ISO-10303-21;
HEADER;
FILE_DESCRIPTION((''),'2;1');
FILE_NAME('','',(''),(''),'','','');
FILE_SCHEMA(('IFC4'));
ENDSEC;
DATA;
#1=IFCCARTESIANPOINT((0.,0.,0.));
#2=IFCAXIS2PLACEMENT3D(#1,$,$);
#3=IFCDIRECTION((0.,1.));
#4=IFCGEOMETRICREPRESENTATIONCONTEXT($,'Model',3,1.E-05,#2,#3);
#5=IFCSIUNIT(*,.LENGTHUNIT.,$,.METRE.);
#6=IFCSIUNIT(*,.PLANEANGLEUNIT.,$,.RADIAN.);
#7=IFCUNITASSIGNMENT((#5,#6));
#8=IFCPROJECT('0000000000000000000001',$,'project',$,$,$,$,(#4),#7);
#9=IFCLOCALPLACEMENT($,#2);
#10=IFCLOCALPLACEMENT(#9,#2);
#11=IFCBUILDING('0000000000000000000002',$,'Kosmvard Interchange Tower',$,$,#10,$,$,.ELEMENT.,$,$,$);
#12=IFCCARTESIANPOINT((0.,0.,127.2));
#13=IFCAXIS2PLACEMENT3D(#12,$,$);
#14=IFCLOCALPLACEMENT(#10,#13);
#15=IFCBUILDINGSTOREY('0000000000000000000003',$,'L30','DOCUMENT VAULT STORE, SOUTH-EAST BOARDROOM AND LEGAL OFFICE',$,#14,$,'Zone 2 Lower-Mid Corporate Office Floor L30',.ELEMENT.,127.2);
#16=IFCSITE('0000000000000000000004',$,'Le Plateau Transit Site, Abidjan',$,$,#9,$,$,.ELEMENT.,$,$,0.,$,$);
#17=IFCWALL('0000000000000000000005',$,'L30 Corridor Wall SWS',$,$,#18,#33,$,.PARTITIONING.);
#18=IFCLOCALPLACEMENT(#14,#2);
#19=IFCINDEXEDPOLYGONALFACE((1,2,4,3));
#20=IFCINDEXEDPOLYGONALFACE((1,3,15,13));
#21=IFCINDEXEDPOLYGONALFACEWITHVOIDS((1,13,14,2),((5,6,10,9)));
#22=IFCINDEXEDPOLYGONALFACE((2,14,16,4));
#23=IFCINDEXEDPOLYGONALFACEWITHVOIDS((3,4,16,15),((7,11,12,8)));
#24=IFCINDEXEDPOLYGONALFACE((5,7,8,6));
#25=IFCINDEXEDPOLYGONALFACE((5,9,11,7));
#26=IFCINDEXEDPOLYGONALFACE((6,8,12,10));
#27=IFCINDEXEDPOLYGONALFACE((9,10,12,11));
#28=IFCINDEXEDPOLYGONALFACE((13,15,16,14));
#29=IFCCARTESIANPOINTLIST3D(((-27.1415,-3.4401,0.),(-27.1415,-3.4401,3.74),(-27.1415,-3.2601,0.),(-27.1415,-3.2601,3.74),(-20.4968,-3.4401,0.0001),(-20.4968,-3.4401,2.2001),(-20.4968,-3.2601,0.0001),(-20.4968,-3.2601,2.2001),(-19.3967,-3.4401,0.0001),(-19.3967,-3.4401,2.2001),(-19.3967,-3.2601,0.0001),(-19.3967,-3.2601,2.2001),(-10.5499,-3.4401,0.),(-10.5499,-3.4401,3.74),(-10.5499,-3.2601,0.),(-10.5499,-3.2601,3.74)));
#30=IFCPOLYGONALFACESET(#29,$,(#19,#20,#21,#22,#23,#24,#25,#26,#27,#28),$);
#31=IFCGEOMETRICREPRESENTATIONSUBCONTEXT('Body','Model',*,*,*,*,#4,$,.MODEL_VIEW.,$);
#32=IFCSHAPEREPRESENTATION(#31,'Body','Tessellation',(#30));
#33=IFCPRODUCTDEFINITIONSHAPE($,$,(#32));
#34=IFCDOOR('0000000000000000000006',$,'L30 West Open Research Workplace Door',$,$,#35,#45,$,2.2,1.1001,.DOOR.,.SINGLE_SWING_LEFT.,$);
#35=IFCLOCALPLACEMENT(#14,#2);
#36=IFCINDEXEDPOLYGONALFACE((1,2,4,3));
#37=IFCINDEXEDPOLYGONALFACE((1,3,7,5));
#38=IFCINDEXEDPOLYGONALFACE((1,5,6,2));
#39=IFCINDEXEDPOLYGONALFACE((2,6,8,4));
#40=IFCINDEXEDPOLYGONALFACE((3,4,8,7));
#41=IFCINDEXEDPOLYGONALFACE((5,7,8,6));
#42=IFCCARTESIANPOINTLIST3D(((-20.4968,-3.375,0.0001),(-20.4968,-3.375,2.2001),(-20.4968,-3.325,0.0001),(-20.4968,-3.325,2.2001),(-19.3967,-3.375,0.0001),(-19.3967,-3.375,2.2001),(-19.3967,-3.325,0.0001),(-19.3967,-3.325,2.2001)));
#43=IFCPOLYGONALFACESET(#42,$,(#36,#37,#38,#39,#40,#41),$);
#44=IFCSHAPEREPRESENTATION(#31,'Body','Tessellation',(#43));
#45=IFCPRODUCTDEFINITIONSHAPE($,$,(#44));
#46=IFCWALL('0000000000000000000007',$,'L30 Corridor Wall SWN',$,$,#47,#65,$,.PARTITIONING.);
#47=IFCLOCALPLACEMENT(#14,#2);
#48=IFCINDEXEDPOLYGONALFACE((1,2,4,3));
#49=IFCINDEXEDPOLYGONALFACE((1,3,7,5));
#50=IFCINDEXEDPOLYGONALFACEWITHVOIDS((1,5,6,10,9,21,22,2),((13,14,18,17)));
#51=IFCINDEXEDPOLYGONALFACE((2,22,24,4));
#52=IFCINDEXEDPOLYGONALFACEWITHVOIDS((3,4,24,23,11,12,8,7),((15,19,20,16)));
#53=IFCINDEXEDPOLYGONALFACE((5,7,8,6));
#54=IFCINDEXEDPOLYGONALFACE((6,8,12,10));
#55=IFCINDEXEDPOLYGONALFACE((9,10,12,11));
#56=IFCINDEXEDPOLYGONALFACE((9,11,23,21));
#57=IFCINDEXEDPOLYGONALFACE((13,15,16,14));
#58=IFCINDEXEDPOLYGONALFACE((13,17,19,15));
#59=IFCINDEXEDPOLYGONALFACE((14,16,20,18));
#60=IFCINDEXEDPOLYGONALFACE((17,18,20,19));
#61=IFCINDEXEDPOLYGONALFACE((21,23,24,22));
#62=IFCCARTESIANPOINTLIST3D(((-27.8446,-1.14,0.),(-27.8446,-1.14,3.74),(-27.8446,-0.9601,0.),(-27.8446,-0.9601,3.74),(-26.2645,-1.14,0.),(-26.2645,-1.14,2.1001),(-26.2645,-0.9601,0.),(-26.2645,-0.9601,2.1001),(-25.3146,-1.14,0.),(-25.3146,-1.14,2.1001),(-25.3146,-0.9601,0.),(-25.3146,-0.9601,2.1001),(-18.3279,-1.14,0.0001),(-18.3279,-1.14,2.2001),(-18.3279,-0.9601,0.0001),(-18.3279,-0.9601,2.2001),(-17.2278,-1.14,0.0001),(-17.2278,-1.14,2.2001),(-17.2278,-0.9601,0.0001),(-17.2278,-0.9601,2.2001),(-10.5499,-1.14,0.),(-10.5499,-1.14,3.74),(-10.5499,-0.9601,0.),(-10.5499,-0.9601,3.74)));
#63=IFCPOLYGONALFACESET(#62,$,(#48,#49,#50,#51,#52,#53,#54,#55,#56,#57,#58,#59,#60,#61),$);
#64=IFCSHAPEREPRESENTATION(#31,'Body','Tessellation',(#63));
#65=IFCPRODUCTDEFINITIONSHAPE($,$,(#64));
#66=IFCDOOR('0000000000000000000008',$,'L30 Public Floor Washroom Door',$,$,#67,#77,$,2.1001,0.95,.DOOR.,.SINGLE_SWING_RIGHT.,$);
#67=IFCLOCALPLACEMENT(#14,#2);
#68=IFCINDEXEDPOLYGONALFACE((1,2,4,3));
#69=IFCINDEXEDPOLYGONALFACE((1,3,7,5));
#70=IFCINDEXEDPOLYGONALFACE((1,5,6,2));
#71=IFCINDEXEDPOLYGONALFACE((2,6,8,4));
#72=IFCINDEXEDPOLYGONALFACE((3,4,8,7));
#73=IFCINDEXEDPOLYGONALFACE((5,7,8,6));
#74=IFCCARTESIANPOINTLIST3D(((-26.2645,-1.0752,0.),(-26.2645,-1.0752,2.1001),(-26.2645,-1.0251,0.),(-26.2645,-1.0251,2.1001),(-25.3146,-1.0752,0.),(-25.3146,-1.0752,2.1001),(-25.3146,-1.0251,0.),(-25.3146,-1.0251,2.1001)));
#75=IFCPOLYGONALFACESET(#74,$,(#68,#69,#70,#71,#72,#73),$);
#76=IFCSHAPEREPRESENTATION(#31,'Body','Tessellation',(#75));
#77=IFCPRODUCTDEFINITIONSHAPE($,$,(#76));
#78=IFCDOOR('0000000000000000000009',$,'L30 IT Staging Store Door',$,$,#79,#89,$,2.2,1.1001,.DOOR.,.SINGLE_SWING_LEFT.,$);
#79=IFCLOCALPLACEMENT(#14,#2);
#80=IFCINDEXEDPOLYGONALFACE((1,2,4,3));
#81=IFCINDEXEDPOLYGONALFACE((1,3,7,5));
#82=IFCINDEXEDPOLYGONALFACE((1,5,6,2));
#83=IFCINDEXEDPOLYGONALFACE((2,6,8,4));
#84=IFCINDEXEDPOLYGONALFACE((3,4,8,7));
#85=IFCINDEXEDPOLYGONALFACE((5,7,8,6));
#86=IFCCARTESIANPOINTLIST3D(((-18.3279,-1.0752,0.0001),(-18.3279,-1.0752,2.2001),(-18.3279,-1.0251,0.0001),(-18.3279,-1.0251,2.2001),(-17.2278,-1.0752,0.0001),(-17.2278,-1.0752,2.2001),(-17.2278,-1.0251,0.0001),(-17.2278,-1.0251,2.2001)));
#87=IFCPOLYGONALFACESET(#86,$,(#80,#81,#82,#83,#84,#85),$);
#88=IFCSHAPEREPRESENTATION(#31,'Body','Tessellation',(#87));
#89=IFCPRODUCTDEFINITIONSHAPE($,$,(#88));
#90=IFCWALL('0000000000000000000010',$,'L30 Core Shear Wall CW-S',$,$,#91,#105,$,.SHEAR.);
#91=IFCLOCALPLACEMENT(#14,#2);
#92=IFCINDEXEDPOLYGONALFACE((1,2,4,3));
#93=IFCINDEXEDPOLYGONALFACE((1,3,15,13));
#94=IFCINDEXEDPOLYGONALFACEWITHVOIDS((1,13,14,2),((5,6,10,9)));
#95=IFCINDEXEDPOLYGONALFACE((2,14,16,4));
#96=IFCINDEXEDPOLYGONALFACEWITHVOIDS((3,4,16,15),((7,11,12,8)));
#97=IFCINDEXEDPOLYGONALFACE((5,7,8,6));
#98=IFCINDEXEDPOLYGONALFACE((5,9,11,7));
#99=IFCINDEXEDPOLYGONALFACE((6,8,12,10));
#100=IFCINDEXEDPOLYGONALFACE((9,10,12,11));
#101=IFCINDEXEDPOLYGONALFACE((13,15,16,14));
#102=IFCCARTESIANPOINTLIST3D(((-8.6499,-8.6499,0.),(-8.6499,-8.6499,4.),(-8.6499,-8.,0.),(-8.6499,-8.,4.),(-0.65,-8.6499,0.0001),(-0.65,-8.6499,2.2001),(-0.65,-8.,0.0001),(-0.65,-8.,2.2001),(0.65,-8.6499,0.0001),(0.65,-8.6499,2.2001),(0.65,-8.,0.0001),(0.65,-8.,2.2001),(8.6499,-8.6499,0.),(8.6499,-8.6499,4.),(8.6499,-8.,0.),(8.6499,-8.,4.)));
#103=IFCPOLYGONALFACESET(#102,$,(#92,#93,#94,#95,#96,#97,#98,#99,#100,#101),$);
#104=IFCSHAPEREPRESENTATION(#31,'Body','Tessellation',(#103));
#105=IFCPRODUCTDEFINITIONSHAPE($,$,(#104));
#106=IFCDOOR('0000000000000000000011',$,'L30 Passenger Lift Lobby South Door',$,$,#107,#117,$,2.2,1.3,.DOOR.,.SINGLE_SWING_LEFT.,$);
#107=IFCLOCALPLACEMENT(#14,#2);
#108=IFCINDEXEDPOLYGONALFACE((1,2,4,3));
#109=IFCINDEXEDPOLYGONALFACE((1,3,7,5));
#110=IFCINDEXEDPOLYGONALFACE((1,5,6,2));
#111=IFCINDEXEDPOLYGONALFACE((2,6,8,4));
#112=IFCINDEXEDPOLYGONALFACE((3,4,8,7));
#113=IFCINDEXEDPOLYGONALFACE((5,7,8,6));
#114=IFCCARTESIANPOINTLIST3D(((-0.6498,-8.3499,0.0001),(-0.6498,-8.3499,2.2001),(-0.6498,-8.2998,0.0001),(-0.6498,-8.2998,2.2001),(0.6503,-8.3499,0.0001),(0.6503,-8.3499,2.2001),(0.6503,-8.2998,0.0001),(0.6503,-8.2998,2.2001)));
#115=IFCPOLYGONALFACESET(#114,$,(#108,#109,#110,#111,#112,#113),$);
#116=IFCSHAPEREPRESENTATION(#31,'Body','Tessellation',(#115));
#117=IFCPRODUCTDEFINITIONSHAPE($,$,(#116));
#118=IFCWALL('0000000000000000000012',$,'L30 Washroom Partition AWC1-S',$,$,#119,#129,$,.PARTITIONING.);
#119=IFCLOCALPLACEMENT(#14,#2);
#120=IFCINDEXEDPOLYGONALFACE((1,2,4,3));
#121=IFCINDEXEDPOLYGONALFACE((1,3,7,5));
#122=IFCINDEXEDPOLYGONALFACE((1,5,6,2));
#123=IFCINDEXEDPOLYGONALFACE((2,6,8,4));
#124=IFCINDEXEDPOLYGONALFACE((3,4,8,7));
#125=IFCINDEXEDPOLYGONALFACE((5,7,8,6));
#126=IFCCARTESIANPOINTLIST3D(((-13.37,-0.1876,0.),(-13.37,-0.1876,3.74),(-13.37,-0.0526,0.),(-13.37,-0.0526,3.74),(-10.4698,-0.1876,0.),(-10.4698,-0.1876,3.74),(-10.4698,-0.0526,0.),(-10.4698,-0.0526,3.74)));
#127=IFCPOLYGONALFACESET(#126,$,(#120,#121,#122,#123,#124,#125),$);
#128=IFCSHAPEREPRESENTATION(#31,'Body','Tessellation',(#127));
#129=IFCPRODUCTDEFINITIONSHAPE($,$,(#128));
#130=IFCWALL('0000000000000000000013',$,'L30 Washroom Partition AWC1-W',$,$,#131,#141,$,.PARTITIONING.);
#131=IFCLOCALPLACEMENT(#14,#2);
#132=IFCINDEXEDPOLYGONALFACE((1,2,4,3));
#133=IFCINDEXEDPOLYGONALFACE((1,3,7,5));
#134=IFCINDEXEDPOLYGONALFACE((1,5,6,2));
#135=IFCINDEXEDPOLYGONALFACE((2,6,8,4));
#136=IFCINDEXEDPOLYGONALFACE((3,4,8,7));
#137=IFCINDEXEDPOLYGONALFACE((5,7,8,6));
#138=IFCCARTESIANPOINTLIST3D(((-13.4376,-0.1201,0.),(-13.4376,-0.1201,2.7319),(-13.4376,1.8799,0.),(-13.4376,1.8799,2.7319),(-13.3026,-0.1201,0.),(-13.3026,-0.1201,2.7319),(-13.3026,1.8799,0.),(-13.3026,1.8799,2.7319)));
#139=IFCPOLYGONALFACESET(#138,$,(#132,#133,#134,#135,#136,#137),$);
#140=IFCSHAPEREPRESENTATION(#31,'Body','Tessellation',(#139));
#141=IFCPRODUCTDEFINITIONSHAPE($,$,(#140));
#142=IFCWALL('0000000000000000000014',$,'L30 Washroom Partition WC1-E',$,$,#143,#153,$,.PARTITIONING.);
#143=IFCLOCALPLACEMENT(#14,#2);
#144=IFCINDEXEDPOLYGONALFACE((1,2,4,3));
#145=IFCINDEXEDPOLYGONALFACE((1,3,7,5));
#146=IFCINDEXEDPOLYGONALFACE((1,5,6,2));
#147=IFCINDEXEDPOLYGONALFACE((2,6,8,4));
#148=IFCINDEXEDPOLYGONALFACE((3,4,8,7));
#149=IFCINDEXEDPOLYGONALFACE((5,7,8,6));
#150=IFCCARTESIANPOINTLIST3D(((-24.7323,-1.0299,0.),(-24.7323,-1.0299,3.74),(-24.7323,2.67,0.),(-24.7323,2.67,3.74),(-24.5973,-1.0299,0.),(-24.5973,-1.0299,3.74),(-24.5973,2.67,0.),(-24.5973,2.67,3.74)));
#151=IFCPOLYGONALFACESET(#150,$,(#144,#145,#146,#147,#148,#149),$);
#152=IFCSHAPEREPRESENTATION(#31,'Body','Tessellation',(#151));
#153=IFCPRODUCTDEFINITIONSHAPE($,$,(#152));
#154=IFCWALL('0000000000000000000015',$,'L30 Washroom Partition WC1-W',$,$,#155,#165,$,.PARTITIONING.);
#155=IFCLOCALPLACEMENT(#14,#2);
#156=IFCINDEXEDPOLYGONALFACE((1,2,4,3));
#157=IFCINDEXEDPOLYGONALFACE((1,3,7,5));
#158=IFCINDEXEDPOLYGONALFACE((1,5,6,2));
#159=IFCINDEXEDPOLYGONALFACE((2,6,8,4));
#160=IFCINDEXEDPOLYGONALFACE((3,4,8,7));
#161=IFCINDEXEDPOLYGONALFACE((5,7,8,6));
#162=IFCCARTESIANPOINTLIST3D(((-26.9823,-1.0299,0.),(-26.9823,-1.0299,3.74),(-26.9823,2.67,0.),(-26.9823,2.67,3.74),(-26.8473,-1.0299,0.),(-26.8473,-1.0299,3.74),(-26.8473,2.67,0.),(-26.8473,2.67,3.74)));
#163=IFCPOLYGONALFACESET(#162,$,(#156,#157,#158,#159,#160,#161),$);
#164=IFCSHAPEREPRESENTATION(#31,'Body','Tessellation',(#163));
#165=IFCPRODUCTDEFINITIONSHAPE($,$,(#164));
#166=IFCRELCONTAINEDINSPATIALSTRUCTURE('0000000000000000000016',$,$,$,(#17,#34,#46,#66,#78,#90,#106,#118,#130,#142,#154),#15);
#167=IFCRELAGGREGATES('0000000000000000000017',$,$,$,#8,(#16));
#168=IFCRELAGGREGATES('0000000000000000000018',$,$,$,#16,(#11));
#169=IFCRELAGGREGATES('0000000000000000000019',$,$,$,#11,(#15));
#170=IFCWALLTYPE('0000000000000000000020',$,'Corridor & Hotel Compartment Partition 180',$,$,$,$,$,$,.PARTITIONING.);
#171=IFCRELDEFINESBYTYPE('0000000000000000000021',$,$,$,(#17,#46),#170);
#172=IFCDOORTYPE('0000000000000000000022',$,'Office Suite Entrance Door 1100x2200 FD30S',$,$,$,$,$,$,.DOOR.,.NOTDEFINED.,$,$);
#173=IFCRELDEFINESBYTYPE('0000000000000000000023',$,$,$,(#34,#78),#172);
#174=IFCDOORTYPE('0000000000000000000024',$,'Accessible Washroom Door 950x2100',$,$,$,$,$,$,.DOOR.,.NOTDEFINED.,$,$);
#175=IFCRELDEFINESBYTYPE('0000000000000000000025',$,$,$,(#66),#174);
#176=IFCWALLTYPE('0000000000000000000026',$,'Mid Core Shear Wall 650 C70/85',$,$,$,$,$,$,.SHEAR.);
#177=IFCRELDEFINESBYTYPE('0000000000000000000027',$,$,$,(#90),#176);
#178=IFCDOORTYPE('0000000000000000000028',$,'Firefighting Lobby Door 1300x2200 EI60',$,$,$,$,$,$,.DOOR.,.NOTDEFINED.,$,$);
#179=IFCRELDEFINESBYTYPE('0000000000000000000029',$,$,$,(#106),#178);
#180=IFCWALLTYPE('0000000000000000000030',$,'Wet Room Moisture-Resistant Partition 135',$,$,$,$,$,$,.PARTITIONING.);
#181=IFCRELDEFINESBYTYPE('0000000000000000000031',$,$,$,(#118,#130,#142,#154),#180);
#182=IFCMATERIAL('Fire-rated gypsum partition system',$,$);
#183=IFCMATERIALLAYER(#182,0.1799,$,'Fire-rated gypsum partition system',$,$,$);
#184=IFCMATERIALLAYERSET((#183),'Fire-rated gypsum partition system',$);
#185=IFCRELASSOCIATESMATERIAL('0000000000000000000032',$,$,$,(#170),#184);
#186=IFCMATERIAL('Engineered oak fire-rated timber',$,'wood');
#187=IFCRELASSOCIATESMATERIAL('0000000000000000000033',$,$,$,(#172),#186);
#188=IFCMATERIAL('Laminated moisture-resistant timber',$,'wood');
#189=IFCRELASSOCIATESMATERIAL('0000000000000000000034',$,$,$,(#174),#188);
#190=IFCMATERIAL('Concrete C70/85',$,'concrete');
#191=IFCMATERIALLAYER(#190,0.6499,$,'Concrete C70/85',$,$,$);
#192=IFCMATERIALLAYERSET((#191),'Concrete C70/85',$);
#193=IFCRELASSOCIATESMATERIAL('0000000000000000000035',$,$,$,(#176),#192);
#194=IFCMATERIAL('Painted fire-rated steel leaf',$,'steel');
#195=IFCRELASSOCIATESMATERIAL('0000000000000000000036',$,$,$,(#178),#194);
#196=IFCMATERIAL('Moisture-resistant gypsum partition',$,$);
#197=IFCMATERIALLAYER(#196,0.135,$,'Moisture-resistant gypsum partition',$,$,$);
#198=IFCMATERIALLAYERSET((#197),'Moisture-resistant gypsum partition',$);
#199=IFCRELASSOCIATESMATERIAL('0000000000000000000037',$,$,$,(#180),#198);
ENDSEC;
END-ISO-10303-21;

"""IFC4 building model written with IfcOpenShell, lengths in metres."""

from ifc_helpers import new_model, si_unit, direction, frame, frame_2d, origin, place, context, subcontext, project, spatial, rectangle, extrude, source, transform, mapped, material, layer, layer_set, type_object, element, fill, save


model = new_model("IFC4")

# Units and contexts
model_context = context("Model", 3, precision=1e-05, world=origin(), true_north=direction((0.0, 1.0)))
body_context = subcontext(model_context, "Body", "Model", "MODEL_VIEW")
ifc_project = project(units=[si_unit("LENGTHUNIT", "METRE"), si_unit("PLANEANGLEUNIT", "RADIAN")], contexts=[model_context])

# Site, building, storey
site_placement = place(None, origin())
site = spatial("IfcSite", under=ifc_project, at=site_placement, Name="Le Plateau Transit Site, Abidjan", CompositionType="ELEMENT", RefElevation=0.0)
building_placement = place(site_placement, origin())
building = spatial("IfcBuilding", under=site, at=building_placement, Name="Kosmvard Interchange Tower", CompositionType="ELEMENT")
storey_placement = place(building_placement, frame((0.0, 0.0, 127.2)))
storey = spatial("IfcBuildingStorey", under=building, at=storey_placement, Name="L30", Description="DOCUMENT VAULT STORE, SOUTH-EAST BOARDROOM AND LEGAL OFFICE", LongName="Zone 2 Lower-Mid Corporate Office Floor L30", CompositionType="ELEMENT", Elevation=127.2)

# Shared definitions
ifc_material_1 = material(Name="Fire-rated gypsum partition system")
ifc_layer_1 = layer(ifc_material_1, 0.1799, Name="Fire-rated gypsum partition system")
ifc_layer_set_1 = layer_set([ifc_layer_1], Name="Fire-rated gypsum partition system")
wall_type_1 = type_object("IfcWallType", Name="Corridor & Hotel Compartment Partition 180", PredefinedType="PARTITIONING", material=ifc_layer_set_1)

# Shared definitions
ifc_material_2 = material(Name="Engineered oak fire-rated timber", Category="wood")
door_type_1 = type_object("IfcDoorType", Name="Office Suite Entrance Door 1100x2200 FD30S", OperationType="NOTDEFINED", PredefinedType="DOOR", material=ifc_material_2)
shared_shape_1 = source(origin(), body_context, "Body", "SweptSolid", [
    extrude(rectangle(XDim=1.1001, YDim=2.2, at=frame_2d((0.55, 1.1001))), frame((0.0, 0.0249, 0.0), z_axis=(0.0, -1.0, 0.0), x_axis=(1.0, 0.0, 0.0)), (0.0, 0.0, 1.0), 0.05),
])

# Shared definitions
ifc_material_3 = material(Name="Laminated moisture-resistant timber", Category="wood")
door_type_2 = type_object("IfcDoorType", Name="Accessible Washroom Door 950x2100", OperationType="NOTDEFINED", PredefinedType="DOOR", material=ifc_material_3)
shared_shape_2 = source(origin(), body_context, "Body", "SweptSolid", [
    extrude(rectangle(XDim=0.95, YDim=2.1001, at=frame_2d((0.4751, 1.05))), frame((0.0, 0.0249, 0.0), z_axis=(0.0, -1.0, 0.0), x_axis=(1.0, 0.0, 0.0)), (0.0, 0.0, 1.0), 0.05),
])

# Wall, opening, door
wall_1_placement = place(storey_placement, frame((-27.1416, -3.3501, 0.0), z_axis=(0.0, 0.0, 1.0), x_axis=(1.0, 0.0, 0.0)))
wall_1 = element("IfcWall", 1, at=wall_1_placement, inside=storey, type_object=wall_type_1, Name="L30 Corridor Wall SWS", PredefinedType="PARTITIONING", context=body_context, shape_type="SweptSolid", body=[
    extrude(rectangle(XDim=16.5916, YDim=0.1799, at=frame_2d((8.2959, 0.0))), origin(), (0.0, 0.0, 1.0), 3.74),
])
opening_1_placement = place(wall_1_placement, frame((6.6448, 0.0, 0.0)))
opening_1 = element("IfcOpeningElement", 2, at=opening_1_placement, cuts=wall_1, PredefinedType="OPENING", context=body_context, shape_type="SweptSolid", body=[
    extrude(rectangle(XDim=1.1001, YDim=2.2, at=frame_2d((0.55, 1.1001))), frame((0.0, 0.1001, 0.0), z_axis=(0.0, -1.0, 0.0), x_axis=(1.0, 0.0, 0.0)), (0.0, 0.0, 1.0), 0.2),
])
door_1_placement = place(opening_1_placement, frame((1.1001, 0.0, 0.0), z_axis=(0.0, 0.0, 1.0), x_axis=(-1.0, 0.0, 0.0)))
door_1 = element("IfcDoor", 3, at=door_1_placement, inside=storey, type_object=door_type_1, Name="L30 West Open Research Workplace Door", OperationType="SINGLE_SWING_LEFT", OverallHeight=2.2, OverallWidth=1.1001, PredefinedType="DOOR", context=body_context, shape_type="MappedRepresentation", body=[
    mapped(shared_shape_1, transform((0.0, 0.0, 0.0), scale=1.0)),
])
fill(opening_1, door_1)

# Wall, openings, doors
wall_2_placement = place(storey_placement, frame((-27.8447, -1.05, 0.0), z_axis=(0.0, 0.0, 1.0), x_axis=(1.0, 0.0, 0.0)))
wall_2 = element("IfcWall", 4, at=wall_2_placement, inside=storey, type_object=wall_type_1, Name="L30 Corridor Wall SWN", PredefinedType="PARTITIONING", context=body_context, shape_type="SweptSolid", body=[
    extrude(rectangle(XDim=17.2947, YDim=0.1799, at=frame_2d((8.6475, 0.0))), origin(), (0.0, 0.0, 1.0), 3.74),
])
opening_2_placement = place(wall_2_placement, frame((1.5801, 0.0, 0.0)))
opening_2 = element("IfcOpeningElement", 5, at=opening_2_placement, cuts=wall_2, PredefinedType="OPENING", context=body_context, shape_type="SweptSolid", body=[
    extrude(rectangle(XDim=0.95, YDim=2.1001, at=frame_2d((0.4751, 1.05))), frame((0.0, 0.1001, 0.0), z_axis=(0.0, -1.0, 0.0), x_axis=(1.0, 0.0, 0.0)), (0.0, 0.0, 1.0), 0.2),
])
opening_3_placement = place(wall_2_placement, frame((9.5168, 0.0, 0.0)))
opening_3 = element("IfcOpeningElement", 6, at=opening_3_placement, cuts=wall_2, PredefinedType="OPENING", context=body_context, shape_type="SweptSolid", body=[
    extrude(rectangle(XDim=1.1001, YDim=2.2, at=frame_2d((0.55, 1.1001))), frame((0.0, 0.1001, 0.0), z_axis=(0.0, -1.0, 0.0), x_axis=(1.0, 0.0, 0.0)), (0.0, 0.0, 1.0), 0.2),
])
door_2_placement = place(opening_2_placement, origin())
door_2 = element("IfcDoor", 7, at=door_2_placement, inside=storey, type_object=door_type_2, Name="L30 Public Floor Washroom Door", OperationType="SINGLE_SWING_RIGHT", OverallHeight=2.1001, OverallWidth=0.95, PredefinedType="DOOR", context=body_context, shape_type="MappedRepresentation", body=[
    mapped(shared_shape_2, transform((0.0, 0.0, 0.0), scale=1.0)),
])
fill(opening_2, door_2)
door_3_placement = place(opening_3_placement, origin())
door_3 = element("IfcDoor", 8, at=door_3_placement, inside=storey, type_object=door_type_1, Name="L30 IT Staging Store Door", OperationType="SINGLE_SWING_LEFT", OverallHeight=2.2, OverallWidth=1.1001, PredefinedType="DOOR", context=body_context, shape_type="MappedRepresentation", body=[
    mapped(shared_shape_1, transform((0.0, 0.0, 0.0), scale=1.0)),
])
fill(opening_3, door_3)

# Wall, opening, door
ifc_material_4 = material(Name="Concrete C70/85", Category="concrete")
ifc_layer_2 = layer(ifc_material_4, 0.6499, Name="Concrete C70/85")
ifc_layer_set_2 = layer_set([ifc_layer_2], Name="Concrete C70/85")
wall_type_2 = type_object("IfcWallType", Name="Mid Core Shear Wall 650 C70/85", PredefinedType="SHEAR", material=ifc_layer_set_2)
wall_3_placement = place(storey_placement, frame((-8.6499, -8.325, 0.0), z_axis=(0.0, 0.0, 1.0), x_axis=(1.0, 0.0, 0.0)))
wall_3 = element("IfcWall", 9, at=wall_3_placement, inside=storey, type_object=wall_type_2, Name="L30 Core Shear Wall CW-S", PredefinedType="SHEAR", context=body_context, shape_type="SweptSolid", body=[
    extrude(rectangle(XDim=17.2998, YDim=0.6499, at=frame_2d((8.6499, 0.0))), origin(), (0.0, 0.0, 1.0), 4.0),
])
opening_4_placement = place(wall_3_placement, frame((8.0, 0.0, 0.0)))
opening_4 = element("IfcOpeningElement", 10, at=opening_4_placement, cuts=wall_3, PredefinedType="OPENING", context=body_context, shape_type="SweptSolid", body=[
    extrude(rectangle(XDim=1.3, YDim=2.2, at=frame_2d((0.6499, 1.1001))), frame((0.0, 0.335, 0.0), z_axis=(0.0, -1.0, 0.0), x_axis=(1.0, 0.0, 0.0)), (0.0, 0.0, 1.0), 0.6699),
])
ifc_material_5 = material(Name="Painted fire-rated steel leaf", Category="steel")
door_type_3 = type_object("IfcDoorType", Name="Firefighting Lobby Door 1300x2200 EI60", OperationType="NOTDEFINED", PredefinedType="DOOR", material=ifc_material_5)
shared_shape_3 = source(origin(), body_context, "Body", "SweptSolid", [
    extrude(rectangle(XDim=1.3, YDim=2.2, at=frame_2d((0.6499, 1.1001))), frame((0.0, 0.0249, 0.0), z_axis=(0.0, -1.0, 0.0), x_axis=(1.0, 0.0, 0.0)), (0.0, 0.0, 1.0), 0.05),
])
door_4_placement = place(opening_4_placement, frame((1.3, 0.0, 0.0), z_axis=(0.0, 0.0, 1.0), x_axis=(-1.0, 0.0, 0.0)))
door_4 = element("IfcDoor", 11, at=door_4_placement, inside=storey, type_object=door_type_3, Name="L30 Passenger Lift Lobby South Door", OperationType="SINGLE_SWING_LEFT", OverallHeight=2.2, OverallWidth=1.3, PredefinedType="DOOR", context=body_context, shape_type="MappedRepresentation", body=[
    mapped(shared_shape_3, transform((0.0, 0.0, 0.0), scale=1.0)),
])
fill(opening_4, door_4)

# Walls
ifc_material_6 = material(Name="Moisture-resistant gypsum partition")
ifc_layer_3 = layer(ifc_material_6, 0.135, Name="Moisture-resistant gypsum partition")
ifc_layer_set_3 = layer_set([ifc_layer_3], Name="Moisture-resistant gypsum partition")
wall_type_3 = type_object("IfcWallType", Name="Wet Room Moisture-Resistant Partition 135", PredefinedType="PARTITIONING", material=ifc_layer_set_3)
wall_4_placement = place(storey_placement, frame((-13.3701, -0.1201, 0.0), z_axis=(0.0, 0.0, 1.0), x_axis=(1.0, 0.0, 0.0)))
element("IfcWall", 12, at=wall_4_placement, inside=storey, type_object=wall_type_3, Name="L30 Washroom Partition AWC1-S", PredefinedType="PARTITIONING", context=body_context, shape_type="SweptSolid", body=[
    extrude(rectangle(XDim=2.9001, YDim=0.135, at=frame_2d((1.4502, 0.0))), origin(), (0.0, 0.0, 1.0), 3.74),
])
wall_5_placement = place(storey_placement, frame((-13.3701, -0.1201, 0.0), z_axis=(0.0, 0.0, 1.0), x_axis=(0.0, 1.0, 0.0)))
element("IfcWall", 13, at=wall_5_placement, inside=storey, type_object=wall_type_3, Name="L30 Washroom Partition AWC1-W", PredefinedType="PARTITIONING", context=body_context, shape_type="SweptSolid", body=[
    extrude(rectangle(XDim=2.0, YDim=0.135, at=frame_2d((1.0, 0.0))), origin(), (0.0, 0.0, 1.0), 2.7319),
])
for number, where, z_axis, x_axis, name in (
    (14, (-24.6648, -1.03, 0.0), (0.0, 0.0, 1.0), (0.0, 1.0, 0.0), "L30 Washroom Partition WC1-E"),
    (15, (-26.9148, -1.03, 0.0), (0.0, 0.0, 1.0), (0.0, 1.0, 0.0), "L30 Washroom Partition WC1-W"),
):
    element("IfcWall", number, at=place(storey_placement, frame(where, z_axis=z_axis, x_axis=x_axis)), inside=storey, type_object=wall_type_3, Name=name, PredefinedType="PARTITIONING", context=body_context, shape_type="SweptSolid", body=[
        extrude(rectangle(XDim=3.7, YDim=0.135, at=frame_2d((1.8501, 0.0))), origin(), (0.0, 0.0, 1.0), 3.74),
    ])

save(model, "model.ifc")
